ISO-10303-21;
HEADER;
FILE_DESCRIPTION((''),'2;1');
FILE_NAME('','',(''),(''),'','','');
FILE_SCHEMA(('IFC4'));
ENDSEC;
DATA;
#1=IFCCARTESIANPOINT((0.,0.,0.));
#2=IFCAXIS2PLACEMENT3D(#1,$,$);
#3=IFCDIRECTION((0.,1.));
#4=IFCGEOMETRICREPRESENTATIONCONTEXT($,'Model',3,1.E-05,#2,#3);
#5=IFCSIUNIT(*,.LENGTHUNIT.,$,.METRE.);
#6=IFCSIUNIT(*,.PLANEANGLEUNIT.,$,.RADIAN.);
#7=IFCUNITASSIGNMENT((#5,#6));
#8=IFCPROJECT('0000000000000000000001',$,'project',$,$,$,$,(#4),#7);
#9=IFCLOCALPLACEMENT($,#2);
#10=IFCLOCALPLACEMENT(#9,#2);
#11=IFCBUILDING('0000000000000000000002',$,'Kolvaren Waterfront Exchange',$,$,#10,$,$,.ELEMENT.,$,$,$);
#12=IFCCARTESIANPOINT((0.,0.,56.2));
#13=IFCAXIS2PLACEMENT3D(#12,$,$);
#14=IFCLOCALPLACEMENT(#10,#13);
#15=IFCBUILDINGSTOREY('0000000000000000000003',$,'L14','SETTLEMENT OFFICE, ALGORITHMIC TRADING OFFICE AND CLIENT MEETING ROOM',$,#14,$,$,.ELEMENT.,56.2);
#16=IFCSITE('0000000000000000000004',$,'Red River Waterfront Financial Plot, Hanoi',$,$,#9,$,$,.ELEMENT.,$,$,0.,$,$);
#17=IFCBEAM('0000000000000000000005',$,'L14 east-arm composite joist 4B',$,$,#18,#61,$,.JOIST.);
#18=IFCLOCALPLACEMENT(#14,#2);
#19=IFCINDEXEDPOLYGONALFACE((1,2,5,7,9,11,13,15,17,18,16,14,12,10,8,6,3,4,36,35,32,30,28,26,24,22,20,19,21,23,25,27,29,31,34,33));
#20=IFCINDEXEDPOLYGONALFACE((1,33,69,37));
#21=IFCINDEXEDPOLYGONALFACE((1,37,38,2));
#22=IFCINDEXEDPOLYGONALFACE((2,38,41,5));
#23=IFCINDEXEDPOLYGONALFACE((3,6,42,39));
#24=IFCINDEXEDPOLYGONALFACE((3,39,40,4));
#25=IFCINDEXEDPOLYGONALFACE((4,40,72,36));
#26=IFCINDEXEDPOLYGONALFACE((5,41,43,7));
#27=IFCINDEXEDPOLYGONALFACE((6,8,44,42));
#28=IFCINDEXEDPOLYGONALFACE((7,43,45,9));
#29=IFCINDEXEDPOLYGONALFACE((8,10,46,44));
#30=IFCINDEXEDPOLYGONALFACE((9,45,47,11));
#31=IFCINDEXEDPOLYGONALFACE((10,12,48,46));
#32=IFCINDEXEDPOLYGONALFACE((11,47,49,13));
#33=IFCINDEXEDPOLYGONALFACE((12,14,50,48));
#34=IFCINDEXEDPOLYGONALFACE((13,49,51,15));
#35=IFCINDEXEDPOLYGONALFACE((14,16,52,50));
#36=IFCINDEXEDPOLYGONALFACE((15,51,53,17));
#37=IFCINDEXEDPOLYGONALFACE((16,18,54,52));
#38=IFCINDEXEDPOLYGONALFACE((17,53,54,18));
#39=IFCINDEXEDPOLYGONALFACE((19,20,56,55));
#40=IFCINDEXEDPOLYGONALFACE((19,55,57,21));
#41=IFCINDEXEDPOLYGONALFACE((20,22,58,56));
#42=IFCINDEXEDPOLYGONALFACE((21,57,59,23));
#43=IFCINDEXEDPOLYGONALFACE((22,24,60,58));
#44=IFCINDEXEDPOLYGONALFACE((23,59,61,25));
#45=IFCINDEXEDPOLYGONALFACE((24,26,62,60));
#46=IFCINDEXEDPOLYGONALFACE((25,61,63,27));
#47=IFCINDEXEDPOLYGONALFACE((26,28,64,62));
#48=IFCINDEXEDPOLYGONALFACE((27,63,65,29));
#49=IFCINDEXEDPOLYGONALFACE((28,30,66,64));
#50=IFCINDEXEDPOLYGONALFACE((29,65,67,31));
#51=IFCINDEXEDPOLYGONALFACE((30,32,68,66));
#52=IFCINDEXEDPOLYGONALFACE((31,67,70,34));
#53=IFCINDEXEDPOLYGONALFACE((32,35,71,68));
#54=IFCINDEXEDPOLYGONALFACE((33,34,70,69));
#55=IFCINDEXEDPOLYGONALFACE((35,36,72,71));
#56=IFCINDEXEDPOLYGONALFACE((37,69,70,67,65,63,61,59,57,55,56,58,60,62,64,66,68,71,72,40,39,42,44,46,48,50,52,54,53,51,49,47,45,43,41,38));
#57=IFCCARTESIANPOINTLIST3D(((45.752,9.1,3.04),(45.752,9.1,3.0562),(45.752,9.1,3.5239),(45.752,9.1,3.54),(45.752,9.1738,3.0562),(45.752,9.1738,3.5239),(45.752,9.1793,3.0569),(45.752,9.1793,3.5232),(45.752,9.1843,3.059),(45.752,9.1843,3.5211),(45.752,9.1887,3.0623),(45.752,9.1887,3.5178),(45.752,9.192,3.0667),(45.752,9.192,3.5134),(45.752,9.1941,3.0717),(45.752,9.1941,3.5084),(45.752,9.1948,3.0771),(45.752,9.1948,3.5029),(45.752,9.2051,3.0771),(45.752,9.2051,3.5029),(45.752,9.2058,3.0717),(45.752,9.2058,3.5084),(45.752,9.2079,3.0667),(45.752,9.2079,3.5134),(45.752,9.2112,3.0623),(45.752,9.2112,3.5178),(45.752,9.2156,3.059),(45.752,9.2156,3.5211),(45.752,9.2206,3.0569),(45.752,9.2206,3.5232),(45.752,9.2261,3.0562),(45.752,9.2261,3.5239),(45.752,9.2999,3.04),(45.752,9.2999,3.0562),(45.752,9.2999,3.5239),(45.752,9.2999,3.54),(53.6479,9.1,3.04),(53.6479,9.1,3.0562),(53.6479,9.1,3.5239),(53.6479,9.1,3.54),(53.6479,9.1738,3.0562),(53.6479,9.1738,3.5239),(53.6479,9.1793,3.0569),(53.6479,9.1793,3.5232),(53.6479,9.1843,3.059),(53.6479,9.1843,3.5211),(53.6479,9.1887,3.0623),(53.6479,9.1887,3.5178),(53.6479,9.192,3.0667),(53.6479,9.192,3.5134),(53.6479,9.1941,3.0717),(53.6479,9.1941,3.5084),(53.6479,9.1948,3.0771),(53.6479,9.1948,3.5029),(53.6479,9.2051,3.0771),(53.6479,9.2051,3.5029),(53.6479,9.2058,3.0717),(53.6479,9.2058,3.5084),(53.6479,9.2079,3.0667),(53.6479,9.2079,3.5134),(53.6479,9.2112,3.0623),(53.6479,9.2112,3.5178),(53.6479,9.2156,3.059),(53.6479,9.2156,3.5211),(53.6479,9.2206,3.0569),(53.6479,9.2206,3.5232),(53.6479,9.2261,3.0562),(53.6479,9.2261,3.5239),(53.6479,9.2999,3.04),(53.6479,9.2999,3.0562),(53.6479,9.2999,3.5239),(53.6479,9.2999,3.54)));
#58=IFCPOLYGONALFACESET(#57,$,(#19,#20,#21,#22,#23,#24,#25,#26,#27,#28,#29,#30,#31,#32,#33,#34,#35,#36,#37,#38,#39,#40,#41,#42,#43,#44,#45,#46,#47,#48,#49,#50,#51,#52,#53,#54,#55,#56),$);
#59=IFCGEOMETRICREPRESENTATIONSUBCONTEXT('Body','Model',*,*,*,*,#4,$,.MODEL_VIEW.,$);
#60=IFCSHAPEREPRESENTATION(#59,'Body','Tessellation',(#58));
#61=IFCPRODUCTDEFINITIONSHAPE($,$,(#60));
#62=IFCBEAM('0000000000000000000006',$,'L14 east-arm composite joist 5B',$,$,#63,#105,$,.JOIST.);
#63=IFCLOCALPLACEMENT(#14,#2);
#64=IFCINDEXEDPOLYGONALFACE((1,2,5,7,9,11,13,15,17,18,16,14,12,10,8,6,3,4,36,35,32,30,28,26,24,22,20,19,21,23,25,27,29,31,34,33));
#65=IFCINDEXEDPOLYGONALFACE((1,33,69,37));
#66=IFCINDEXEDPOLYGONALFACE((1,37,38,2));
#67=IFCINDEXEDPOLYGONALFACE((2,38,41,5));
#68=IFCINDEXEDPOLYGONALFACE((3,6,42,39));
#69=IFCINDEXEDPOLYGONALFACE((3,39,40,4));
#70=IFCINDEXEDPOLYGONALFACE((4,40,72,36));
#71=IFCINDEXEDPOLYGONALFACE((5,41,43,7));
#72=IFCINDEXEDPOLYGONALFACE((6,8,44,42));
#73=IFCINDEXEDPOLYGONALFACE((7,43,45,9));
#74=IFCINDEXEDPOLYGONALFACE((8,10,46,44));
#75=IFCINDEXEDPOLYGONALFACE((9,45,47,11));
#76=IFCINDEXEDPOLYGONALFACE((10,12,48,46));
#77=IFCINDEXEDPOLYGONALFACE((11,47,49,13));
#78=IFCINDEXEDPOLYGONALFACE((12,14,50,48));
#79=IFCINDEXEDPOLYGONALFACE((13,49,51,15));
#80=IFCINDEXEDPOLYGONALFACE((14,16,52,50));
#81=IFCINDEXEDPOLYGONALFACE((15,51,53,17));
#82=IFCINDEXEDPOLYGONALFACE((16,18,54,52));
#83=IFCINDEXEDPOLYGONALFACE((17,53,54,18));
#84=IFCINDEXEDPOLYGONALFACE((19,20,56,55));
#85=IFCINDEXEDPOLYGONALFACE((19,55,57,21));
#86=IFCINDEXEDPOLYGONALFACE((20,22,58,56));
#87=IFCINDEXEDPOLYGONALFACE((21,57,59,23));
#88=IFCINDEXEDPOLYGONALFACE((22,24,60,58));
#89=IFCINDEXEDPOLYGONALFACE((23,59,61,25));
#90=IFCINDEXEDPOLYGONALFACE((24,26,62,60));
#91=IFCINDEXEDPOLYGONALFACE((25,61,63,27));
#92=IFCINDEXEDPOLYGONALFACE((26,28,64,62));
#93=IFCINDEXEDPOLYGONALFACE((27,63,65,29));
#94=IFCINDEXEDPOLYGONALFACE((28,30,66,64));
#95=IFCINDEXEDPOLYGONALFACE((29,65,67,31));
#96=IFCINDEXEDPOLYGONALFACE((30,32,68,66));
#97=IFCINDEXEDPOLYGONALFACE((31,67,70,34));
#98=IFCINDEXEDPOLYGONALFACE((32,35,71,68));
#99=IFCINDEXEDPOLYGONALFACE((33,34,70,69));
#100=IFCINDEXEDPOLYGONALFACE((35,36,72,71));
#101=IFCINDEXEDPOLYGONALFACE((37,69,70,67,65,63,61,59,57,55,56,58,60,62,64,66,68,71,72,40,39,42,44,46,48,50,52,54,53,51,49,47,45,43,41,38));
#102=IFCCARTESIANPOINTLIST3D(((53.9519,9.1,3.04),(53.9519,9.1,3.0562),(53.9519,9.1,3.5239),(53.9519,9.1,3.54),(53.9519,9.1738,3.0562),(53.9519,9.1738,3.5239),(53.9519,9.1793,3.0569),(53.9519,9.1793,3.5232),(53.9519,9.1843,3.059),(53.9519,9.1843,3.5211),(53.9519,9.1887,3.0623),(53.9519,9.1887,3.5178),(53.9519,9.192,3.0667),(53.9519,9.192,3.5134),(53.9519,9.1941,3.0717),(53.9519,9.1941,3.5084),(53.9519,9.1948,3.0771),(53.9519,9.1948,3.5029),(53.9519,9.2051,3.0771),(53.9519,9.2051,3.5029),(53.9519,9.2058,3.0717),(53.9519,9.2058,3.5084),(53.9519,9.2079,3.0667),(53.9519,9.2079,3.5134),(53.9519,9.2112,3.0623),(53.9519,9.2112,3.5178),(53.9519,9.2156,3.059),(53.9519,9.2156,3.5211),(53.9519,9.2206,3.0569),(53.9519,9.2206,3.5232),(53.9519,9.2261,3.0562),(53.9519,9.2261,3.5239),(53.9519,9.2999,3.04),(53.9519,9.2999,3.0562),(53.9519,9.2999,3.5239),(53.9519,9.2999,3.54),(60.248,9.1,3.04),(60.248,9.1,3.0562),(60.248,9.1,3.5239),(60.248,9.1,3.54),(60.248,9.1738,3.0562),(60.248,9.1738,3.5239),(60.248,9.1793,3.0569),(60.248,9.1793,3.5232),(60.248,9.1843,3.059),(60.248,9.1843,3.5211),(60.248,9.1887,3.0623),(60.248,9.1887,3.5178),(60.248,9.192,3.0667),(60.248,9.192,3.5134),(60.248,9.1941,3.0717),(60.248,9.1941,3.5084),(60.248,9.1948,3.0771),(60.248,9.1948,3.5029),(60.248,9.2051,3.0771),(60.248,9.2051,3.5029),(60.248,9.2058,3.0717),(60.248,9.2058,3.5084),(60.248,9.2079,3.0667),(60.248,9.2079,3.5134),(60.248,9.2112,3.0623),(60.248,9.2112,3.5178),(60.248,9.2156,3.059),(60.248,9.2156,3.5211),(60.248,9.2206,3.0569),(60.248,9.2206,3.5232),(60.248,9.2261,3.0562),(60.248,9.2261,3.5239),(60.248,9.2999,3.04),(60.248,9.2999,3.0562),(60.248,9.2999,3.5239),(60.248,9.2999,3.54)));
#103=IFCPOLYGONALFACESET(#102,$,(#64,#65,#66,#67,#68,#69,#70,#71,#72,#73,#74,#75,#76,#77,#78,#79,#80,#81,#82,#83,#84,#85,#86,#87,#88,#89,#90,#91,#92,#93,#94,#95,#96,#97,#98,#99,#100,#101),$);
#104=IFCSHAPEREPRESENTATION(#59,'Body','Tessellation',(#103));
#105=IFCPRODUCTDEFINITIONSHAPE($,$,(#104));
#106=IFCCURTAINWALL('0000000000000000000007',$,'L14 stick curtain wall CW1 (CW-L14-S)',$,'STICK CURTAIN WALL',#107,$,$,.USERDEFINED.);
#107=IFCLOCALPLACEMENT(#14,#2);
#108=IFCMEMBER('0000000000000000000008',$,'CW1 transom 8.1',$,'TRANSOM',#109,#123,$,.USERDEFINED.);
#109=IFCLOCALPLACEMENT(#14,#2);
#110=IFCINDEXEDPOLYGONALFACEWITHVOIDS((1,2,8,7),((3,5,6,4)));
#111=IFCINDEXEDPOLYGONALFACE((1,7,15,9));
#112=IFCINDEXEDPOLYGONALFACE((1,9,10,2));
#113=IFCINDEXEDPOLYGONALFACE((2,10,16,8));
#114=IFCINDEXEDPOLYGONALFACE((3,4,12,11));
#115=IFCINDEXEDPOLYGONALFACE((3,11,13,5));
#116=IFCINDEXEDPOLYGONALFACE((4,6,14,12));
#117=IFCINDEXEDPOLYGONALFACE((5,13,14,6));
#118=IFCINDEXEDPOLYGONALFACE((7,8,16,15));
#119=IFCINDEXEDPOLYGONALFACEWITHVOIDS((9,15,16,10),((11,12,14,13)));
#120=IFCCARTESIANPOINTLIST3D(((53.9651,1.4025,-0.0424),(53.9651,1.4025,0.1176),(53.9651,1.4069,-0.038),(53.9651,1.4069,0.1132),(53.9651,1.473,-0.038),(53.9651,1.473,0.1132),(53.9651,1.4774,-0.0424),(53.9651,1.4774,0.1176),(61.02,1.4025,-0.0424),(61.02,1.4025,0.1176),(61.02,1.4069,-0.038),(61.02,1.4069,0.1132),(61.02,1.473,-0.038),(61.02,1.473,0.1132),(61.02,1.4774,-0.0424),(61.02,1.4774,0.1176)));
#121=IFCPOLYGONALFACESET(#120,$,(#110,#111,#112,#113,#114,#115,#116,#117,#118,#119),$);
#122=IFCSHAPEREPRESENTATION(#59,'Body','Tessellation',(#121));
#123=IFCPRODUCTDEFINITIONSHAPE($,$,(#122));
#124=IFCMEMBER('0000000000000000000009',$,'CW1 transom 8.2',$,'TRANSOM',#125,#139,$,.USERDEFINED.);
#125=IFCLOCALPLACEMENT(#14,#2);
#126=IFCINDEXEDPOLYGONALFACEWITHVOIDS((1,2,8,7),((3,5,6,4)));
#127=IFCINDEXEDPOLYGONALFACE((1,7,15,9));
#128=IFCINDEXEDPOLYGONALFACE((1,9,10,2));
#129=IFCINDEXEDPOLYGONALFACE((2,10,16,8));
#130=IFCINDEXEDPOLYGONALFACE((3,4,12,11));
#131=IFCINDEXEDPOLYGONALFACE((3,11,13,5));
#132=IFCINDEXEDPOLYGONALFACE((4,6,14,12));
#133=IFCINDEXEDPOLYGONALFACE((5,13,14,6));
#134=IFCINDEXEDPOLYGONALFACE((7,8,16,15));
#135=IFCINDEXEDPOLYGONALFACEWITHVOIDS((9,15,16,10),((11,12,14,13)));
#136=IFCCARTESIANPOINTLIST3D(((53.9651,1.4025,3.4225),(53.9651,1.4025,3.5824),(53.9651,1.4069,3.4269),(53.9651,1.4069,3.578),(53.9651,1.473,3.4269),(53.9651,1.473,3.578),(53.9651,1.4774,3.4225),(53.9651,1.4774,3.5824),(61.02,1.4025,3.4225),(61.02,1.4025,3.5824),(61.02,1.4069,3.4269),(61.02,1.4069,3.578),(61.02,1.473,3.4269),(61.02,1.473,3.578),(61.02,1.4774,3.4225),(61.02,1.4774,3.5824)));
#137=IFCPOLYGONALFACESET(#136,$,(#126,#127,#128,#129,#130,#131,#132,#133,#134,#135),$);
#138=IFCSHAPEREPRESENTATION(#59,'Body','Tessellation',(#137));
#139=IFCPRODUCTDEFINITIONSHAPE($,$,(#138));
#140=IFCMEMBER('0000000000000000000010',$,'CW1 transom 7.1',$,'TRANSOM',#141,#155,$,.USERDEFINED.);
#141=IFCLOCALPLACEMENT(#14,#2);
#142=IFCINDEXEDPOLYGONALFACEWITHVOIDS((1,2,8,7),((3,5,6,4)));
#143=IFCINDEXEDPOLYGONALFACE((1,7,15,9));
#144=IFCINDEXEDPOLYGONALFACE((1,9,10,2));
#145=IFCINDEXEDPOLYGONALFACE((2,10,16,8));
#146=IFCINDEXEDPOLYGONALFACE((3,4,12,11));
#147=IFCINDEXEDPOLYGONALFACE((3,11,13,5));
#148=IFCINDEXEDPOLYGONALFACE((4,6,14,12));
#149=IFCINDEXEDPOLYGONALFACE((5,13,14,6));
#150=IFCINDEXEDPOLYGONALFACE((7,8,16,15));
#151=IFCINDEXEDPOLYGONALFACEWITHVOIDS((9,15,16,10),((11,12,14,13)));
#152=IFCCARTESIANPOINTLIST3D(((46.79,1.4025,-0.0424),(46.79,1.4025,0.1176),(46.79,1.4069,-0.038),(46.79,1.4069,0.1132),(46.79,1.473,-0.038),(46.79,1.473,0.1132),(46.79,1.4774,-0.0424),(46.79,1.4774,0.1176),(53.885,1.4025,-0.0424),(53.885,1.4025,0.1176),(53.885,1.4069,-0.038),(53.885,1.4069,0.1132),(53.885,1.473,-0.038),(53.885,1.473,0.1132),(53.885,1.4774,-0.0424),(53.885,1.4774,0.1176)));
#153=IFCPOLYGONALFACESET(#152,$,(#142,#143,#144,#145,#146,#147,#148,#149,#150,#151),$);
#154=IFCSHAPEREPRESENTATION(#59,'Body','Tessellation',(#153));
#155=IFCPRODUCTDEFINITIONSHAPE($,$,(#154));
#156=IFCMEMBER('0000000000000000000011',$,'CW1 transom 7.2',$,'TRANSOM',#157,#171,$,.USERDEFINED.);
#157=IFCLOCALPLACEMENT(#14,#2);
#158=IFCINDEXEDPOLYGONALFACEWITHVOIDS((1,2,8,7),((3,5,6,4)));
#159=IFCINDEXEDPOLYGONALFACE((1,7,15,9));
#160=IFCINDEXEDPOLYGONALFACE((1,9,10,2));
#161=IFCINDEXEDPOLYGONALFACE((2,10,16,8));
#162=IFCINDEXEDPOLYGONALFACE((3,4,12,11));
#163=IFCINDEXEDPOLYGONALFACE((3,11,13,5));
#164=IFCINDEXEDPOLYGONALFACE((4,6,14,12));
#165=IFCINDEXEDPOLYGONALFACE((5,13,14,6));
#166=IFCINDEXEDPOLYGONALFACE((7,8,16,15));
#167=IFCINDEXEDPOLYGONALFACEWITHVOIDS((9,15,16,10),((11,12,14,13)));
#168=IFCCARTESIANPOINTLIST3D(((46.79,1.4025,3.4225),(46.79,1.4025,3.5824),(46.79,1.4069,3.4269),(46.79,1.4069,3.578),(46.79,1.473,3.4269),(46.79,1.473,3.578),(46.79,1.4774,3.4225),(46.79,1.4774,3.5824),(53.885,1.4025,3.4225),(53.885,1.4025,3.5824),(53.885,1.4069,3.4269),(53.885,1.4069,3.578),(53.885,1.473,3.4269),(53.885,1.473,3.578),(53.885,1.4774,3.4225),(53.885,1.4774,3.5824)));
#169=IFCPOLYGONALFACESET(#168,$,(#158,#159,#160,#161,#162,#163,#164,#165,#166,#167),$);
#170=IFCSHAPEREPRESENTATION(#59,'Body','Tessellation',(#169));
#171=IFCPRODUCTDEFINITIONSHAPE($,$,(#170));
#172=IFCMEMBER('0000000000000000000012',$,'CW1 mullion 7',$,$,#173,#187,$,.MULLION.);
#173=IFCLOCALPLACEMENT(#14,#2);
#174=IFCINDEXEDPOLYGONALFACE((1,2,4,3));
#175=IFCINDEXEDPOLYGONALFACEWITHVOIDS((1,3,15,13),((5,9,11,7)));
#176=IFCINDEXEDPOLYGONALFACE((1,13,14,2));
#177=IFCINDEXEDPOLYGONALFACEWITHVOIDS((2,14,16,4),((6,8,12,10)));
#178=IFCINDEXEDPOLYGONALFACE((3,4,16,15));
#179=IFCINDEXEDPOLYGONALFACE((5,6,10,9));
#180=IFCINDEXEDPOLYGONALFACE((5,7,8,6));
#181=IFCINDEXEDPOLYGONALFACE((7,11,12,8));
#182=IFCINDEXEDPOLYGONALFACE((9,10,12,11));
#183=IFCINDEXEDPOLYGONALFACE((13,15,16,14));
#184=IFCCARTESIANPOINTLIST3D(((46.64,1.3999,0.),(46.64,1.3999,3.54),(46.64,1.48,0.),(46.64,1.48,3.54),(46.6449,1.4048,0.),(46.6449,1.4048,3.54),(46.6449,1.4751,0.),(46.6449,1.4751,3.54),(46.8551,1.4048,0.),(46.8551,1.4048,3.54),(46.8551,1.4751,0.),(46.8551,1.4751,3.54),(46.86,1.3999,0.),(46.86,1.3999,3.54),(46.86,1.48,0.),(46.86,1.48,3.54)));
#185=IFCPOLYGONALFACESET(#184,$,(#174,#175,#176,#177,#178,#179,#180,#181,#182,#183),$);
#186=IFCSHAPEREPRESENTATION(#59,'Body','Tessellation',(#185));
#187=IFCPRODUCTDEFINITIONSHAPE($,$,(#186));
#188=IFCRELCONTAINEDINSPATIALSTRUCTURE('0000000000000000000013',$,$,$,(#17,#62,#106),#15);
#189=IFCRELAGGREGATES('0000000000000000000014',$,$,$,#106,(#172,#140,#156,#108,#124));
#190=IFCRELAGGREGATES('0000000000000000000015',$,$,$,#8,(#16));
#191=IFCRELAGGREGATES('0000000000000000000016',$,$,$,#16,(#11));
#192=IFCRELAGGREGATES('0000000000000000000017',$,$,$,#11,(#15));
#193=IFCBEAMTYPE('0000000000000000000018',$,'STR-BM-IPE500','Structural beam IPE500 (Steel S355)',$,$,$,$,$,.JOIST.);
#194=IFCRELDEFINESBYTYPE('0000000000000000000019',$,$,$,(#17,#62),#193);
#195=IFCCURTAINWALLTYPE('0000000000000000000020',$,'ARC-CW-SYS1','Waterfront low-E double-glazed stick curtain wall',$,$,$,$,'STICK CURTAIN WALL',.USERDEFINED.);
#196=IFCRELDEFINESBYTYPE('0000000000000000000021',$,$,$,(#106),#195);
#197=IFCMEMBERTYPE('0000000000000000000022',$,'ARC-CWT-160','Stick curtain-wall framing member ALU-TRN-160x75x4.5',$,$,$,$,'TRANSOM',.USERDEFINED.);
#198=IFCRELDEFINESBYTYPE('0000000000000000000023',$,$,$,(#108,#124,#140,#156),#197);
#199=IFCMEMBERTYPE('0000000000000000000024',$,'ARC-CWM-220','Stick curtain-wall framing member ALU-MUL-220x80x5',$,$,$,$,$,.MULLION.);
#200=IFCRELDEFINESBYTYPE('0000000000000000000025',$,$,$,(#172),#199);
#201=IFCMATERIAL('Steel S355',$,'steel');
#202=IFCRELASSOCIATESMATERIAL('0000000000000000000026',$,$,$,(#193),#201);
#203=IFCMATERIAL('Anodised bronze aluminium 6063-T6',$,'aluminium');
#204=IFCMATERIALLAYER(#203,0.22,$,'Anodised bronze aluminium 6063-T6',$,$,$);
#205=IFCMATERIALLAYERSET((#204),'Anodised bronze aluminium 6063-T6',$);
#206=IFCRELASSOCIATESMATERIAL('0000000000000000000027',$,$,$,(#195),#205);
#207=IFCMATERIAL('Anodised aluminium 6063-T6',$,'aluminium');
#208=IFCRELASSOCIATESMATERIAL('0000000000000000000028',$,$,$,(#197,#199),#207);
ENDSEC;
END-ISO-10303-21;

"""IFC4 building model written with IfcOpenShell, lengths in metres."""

from ifc_helpers import new_model, si_unit, direction, frame, origin, origin_with_axes, origin_2d, place, context, subcontext, project, spatial, hollow_rectangle, i_section, extrude, source, transform, mapped, material, layer, layer_set, material_profile, profile_set, type_object, element, aggregate, save


model = new_model("IFC4")

# Units and contexts
model_context = context("Model", 3, precision=1e-05, world=origin(), true_north=direction((0.0, 1.0)))
body_context = subcontext(model_context, "Body", "Model", "MODEL_VIEW")
ifc_project = project(units=[si_unit("LENGTHUNIT", "METRE"), si_unit("PLANEANGLEUNIT", "RADIAN")], contexts=[model_context])

# Site, building, storey
site_placement = place(None, origin())
site = spatial("IfcSite", under=ifc_project, at=site_placement, Name="Red River Waterfront Financial Plot, Hanoi", CompositionType="ELEMENT", RefElevation=0.0)
building_placement = place(site_placement, origin())
building = spatial("IfcBuilding", under=site, at=building_placement, Name="Kolvaren Waterfront Exchange", CompositionType="ELEMENT")
storey_placement = place(building_placement, frame((0.0, 0.0, 56.2)))
storey = spatial("IfcBuildingStorey", under=building, at=storey_placement, Name="L14", Description="SETTLEMENT OFFICE, ALGORITHMIC TRADING OFFICE AND CLIENT MEETING ROOM", CompositionType="ELEMENT", Elevation=56.2)

# Beams
ifc_material_1 = material(Name="Steel S355", Category="steel")
ifc_material_profile_1 = material_profile(ifc_material_1, i_section(OverallWidth=0.2, OverallDepth=0.5, WebThickness=0.0103, FlangeThickness=0.0161, FilletRadius=0.021, at=origin_2d()), Name="IPE500")
ifc_profile_set_1 = profile_set([ifc_material_profile_1], Name="Steel S355")
beam_type_1 = type_object("IfcBeamType", Name="STR-BM-IPE500", Description="Structural beam IPE500 (Steel S355)", PredefinedType="JOIST", material=ifc_profile_set_1)
beam_1_placement = place(storey_placement, frame((45.752, 9.2, 3.29), z_axis=(1.0, 0.0, 0.0), x_axis=(0.0, 1.0, 0.0)))
element("IfcBeam", 1, at=beam_1_placement, inside=storey, type_object=beam_type_1, Name="L14 east-arm composite joist 4B", PredefinedType="JOIST", context=body_context, shape_type="SweptSolid", body=[
    extrude(i_section(OverallWidth=0.2, OverallDepth=0.5, WebThickness=0.0103, FlangeThickness=0.0161, FilletRadius=0.021, at=origin_2d()), origin(), (0.0, 0.0, 1.0), 7.896),
])
beam_2_placement = place(storey_placement, frame((53.9519, 9.2, 3.29), z_axis=(1.0, 0.0, 0.0), x_axis=(0.0, 1.0, 0.0)))
element("IfcBeam", 2, at=beam_2_placement, inside=storey, type_object=beam_type_1, Name="L14 east-arm composite joist 5B", PredefinedType="JOIST", context=body_context, shape_type="SweptSolid", body=[
    extrude(i_section(OverallWidth=0.2, OverallDepth=0.5, WebThickness=0.0103, FlangeThickness=0.0161, FilletRadius=0.021, at=origin_2d()), origin(), (0.0, 0.0, 1.0), 6.2961),
])

# Curtain wall, members
ifc_material_2 = material(Name="Anodised bronze aluminium 6063-T6", Category="aluminium")
ifc_layer_1 = layer(ifc_material_2, 0.22, Name="Anodised bronze aluminium 6063-T6")
ifc_layer_set_1 = layer_set([ifc_layer_1], Name="Anodised bronze aluminium 6063-T6")
curtain_wall_type = type_object("IfcCurtainWallType", Name="ARC-CW-SYS1", Description="Waterfront low-E double-glazed stick curtain wall", ElementType="STICK CURTAIN WALL", PredefinedType="USERDEFINED", material=ifc_layer_set_1)
curtain_wall_placement = place(storey_placement, origin())
curtain_wall = element("IfcCurtainWall", 3, at=curtain_wall_placement, inside=storey, type_object=curtain_wall_type, Name="L14 stick curtain wall CW1 (CW-L14-S)", ObjectType="STICK CURTAIN WALL", PredefinedType="USERDEFINED")
ifc_material_3 = material(Name="Anodised aluminium 6063-T6", Category="aluminium")
ifc_material_profile_2 = material_profile(ifc_material_3, hollow_rectangle(XDim=0.075, YDim=0.1599, WallThickness=0.0044, at=origin_2d()), Name="ALU-TRN-160x75x4.5")
ifc_profile_set_2 = profile_set([ifc_material_profile_2], Name="Anodised aluminium 6063-T6")
member_type_1 = type_object("IfcMemberType", Name="ARC-CWT-160", Description="Stick curtain-wall framing member ALU-TRN-160x75x4.5", ElementType="TRANSOM", PredefinedType="USERDEFINED", material=ifc_profile_set_2)
shared_shape_1 = source(origin_with_axes(), body_context, "Body", "SweptSolid", [
    extrude(hollow_rectangle(XDim=0.075, YDim=0.1599, WallThickness=0.0044, at=origin_2d()), origin(), (0.0, 0.0, 1.0), 7.0549),
])
member_1_placement = place(storey_placement, frame((53.9651, 1.4399, 0.0376), z_axis=(1.0, 0.0, 0.0), x_axis=(0.0, 1.0, 0.0)))
member_1 = element("IfcMember", 4, at=member_1_placement, type_object=member_type_1, Name="CW1 transom 8.1", ObjectType="TRANSOM", PredefinedType="USERDEFINED", context=body_context, shape_type="MappedRepresentation", body=[
    mapped(shared_shape_1, transform((0.0, 0.0, 0.0), x_axis=(1.0, 0.0, 0.0), y_axis=(0.0, 1.0, 0.0), z_axis=(0.0, 0.0, 1.0), scale=1.0)),
])
member_2_placement = place(storey_placement, frame((53.9651, 1.4399, 3.5024), z_axis=(1.0, 0.0, 0.0), x_axis=(0.0, 1.0, 0.0)))
member_2 = element("IfcMember", 5, at=member_2_placement, type_object=member_type_1, Name="CW1 transom 8.2", ObjectType="TRANSOM", PredefinedType="USERDEFINED", context=body_context, shape_type="MappedRepresentation", body=[
    mapped(shared_shape_1, transform((0.0, 0.0, 0.0), x_axis=(1.0, 0.0, 0.0), y_axis=(0.0, 1.0, 0.0), z_axis=(0.0, 0.0, 1.0), scale=1.0)),
])
shared_shape_2 = source(origin_with_axes(), body_context, "Body", "SweptSolid", [
    extrude(hollow_rectangle(XDim=0.075, YDim=0.1599, WallThickness=0.0044, at=origin_2d()), origin(), (0.0, 0.0, 1.0), 7.095),
])
member_3_placement = place(storey_placement, frame((46.79, 1.4399, 0.0376), z_axis=(1.0, 0.0, 0.0), x_axis=(0.0, 1.0, 0.0)))
member_3 = element("IfcMember", 6, at=member_3_placement, type_object=member_type_1, Name="CW1 transom 7.1", ObjectType="TRANSOM", PredefinedType="USERDEFINED", context=body_context, shape_type="MappedRepresentation", body=[
    mapped(shared_shape_2, transform((0.0, 0.0, 0.0), x_axis=(1.0, 0.0, 0.0), y_axis=(0.0, 1.0, 0.0), z_axis=(0.0, 0.0, 1.0), scale=1.0)),
])
member_4_placement = place(storey_placement, frame((46.79, 1.4399, 3.5024), z_axis=(1.0, 0.0, 0.0), x_axis=(0.0, 1.0, 0.0)))
member_4 = element("IfcMember", 7, at=member_4_placement, type_object=member_type_1, Name="CW1 transom 7.2", ObjectType="TRANSOM", PredefinedType="USERDEFINED", context=body_context, shape_type="MappedRepresentation", body=[
    mapped(shared_shape_2, transform((0.0, 0.0, 0.0), x_axis=(1.0, 0.0, 0.0), y_axis=(0.0, 1.0, 0.0), z_axis=(0.0, 0.0, 1.0), scale=1.0)),
])
ifc_material_profile_3 = material_profile(ifc_material_3, hollow_rectangle(XDim=0.0801, YDim=0.22, WallThickness=0.0049, at=origin_2d()), Name="ALU-MUL-220x80x5")
ifc_profile_set_3 = profile_set([ifc_material_profile_3], Name="Anodised aluminium 6063-T6")
member_type_2 = type_object("IfcMemberType", Name="ARC-CWM-220", Description="Stick curtain-wall framing member ALU-MUL-220x80x5", PredefinedType="MULLION", material=ifc_profile_set_3)
shared_shape_3 = source(origin_with_axes(), body_context, "Body", "SweptSolid", [
    extrude(hollow_rectangle(XDim=0.0801, YDim=0.22, WallThickness=0.0049, at=origin_2d()), origin(), (0.0, 0.0, 1.0), 3.54),
])
member_5_placement = place(storey_placement, frame((46.75, 1.4399, 0.0), z_axis=(0.0, 0.0, 1.0), x_axis=(0.0, 1.0, 0.0)))
member_5 = element("IfcMember", 8, at=member_5_placement, type_object=member_type_2, Name="CW1 mullion 7", PredefinedType="MULLION", context=body_context, shape_type="MappedRepresentation", body=[
    mapped(shared_shape_3, transform((0.0, 0.0, 0.0), x_axis=(1.0, 0.0, 0.0), y_axis=(0.0, 1.0, 0.0), z_axis=(0.0, 0.0, 1.0), scale=1.0)),
])
aggregate(curtain_wall, [member_5, member_3, member_4, member_1, member_2])

save(model, "model.ifc")
